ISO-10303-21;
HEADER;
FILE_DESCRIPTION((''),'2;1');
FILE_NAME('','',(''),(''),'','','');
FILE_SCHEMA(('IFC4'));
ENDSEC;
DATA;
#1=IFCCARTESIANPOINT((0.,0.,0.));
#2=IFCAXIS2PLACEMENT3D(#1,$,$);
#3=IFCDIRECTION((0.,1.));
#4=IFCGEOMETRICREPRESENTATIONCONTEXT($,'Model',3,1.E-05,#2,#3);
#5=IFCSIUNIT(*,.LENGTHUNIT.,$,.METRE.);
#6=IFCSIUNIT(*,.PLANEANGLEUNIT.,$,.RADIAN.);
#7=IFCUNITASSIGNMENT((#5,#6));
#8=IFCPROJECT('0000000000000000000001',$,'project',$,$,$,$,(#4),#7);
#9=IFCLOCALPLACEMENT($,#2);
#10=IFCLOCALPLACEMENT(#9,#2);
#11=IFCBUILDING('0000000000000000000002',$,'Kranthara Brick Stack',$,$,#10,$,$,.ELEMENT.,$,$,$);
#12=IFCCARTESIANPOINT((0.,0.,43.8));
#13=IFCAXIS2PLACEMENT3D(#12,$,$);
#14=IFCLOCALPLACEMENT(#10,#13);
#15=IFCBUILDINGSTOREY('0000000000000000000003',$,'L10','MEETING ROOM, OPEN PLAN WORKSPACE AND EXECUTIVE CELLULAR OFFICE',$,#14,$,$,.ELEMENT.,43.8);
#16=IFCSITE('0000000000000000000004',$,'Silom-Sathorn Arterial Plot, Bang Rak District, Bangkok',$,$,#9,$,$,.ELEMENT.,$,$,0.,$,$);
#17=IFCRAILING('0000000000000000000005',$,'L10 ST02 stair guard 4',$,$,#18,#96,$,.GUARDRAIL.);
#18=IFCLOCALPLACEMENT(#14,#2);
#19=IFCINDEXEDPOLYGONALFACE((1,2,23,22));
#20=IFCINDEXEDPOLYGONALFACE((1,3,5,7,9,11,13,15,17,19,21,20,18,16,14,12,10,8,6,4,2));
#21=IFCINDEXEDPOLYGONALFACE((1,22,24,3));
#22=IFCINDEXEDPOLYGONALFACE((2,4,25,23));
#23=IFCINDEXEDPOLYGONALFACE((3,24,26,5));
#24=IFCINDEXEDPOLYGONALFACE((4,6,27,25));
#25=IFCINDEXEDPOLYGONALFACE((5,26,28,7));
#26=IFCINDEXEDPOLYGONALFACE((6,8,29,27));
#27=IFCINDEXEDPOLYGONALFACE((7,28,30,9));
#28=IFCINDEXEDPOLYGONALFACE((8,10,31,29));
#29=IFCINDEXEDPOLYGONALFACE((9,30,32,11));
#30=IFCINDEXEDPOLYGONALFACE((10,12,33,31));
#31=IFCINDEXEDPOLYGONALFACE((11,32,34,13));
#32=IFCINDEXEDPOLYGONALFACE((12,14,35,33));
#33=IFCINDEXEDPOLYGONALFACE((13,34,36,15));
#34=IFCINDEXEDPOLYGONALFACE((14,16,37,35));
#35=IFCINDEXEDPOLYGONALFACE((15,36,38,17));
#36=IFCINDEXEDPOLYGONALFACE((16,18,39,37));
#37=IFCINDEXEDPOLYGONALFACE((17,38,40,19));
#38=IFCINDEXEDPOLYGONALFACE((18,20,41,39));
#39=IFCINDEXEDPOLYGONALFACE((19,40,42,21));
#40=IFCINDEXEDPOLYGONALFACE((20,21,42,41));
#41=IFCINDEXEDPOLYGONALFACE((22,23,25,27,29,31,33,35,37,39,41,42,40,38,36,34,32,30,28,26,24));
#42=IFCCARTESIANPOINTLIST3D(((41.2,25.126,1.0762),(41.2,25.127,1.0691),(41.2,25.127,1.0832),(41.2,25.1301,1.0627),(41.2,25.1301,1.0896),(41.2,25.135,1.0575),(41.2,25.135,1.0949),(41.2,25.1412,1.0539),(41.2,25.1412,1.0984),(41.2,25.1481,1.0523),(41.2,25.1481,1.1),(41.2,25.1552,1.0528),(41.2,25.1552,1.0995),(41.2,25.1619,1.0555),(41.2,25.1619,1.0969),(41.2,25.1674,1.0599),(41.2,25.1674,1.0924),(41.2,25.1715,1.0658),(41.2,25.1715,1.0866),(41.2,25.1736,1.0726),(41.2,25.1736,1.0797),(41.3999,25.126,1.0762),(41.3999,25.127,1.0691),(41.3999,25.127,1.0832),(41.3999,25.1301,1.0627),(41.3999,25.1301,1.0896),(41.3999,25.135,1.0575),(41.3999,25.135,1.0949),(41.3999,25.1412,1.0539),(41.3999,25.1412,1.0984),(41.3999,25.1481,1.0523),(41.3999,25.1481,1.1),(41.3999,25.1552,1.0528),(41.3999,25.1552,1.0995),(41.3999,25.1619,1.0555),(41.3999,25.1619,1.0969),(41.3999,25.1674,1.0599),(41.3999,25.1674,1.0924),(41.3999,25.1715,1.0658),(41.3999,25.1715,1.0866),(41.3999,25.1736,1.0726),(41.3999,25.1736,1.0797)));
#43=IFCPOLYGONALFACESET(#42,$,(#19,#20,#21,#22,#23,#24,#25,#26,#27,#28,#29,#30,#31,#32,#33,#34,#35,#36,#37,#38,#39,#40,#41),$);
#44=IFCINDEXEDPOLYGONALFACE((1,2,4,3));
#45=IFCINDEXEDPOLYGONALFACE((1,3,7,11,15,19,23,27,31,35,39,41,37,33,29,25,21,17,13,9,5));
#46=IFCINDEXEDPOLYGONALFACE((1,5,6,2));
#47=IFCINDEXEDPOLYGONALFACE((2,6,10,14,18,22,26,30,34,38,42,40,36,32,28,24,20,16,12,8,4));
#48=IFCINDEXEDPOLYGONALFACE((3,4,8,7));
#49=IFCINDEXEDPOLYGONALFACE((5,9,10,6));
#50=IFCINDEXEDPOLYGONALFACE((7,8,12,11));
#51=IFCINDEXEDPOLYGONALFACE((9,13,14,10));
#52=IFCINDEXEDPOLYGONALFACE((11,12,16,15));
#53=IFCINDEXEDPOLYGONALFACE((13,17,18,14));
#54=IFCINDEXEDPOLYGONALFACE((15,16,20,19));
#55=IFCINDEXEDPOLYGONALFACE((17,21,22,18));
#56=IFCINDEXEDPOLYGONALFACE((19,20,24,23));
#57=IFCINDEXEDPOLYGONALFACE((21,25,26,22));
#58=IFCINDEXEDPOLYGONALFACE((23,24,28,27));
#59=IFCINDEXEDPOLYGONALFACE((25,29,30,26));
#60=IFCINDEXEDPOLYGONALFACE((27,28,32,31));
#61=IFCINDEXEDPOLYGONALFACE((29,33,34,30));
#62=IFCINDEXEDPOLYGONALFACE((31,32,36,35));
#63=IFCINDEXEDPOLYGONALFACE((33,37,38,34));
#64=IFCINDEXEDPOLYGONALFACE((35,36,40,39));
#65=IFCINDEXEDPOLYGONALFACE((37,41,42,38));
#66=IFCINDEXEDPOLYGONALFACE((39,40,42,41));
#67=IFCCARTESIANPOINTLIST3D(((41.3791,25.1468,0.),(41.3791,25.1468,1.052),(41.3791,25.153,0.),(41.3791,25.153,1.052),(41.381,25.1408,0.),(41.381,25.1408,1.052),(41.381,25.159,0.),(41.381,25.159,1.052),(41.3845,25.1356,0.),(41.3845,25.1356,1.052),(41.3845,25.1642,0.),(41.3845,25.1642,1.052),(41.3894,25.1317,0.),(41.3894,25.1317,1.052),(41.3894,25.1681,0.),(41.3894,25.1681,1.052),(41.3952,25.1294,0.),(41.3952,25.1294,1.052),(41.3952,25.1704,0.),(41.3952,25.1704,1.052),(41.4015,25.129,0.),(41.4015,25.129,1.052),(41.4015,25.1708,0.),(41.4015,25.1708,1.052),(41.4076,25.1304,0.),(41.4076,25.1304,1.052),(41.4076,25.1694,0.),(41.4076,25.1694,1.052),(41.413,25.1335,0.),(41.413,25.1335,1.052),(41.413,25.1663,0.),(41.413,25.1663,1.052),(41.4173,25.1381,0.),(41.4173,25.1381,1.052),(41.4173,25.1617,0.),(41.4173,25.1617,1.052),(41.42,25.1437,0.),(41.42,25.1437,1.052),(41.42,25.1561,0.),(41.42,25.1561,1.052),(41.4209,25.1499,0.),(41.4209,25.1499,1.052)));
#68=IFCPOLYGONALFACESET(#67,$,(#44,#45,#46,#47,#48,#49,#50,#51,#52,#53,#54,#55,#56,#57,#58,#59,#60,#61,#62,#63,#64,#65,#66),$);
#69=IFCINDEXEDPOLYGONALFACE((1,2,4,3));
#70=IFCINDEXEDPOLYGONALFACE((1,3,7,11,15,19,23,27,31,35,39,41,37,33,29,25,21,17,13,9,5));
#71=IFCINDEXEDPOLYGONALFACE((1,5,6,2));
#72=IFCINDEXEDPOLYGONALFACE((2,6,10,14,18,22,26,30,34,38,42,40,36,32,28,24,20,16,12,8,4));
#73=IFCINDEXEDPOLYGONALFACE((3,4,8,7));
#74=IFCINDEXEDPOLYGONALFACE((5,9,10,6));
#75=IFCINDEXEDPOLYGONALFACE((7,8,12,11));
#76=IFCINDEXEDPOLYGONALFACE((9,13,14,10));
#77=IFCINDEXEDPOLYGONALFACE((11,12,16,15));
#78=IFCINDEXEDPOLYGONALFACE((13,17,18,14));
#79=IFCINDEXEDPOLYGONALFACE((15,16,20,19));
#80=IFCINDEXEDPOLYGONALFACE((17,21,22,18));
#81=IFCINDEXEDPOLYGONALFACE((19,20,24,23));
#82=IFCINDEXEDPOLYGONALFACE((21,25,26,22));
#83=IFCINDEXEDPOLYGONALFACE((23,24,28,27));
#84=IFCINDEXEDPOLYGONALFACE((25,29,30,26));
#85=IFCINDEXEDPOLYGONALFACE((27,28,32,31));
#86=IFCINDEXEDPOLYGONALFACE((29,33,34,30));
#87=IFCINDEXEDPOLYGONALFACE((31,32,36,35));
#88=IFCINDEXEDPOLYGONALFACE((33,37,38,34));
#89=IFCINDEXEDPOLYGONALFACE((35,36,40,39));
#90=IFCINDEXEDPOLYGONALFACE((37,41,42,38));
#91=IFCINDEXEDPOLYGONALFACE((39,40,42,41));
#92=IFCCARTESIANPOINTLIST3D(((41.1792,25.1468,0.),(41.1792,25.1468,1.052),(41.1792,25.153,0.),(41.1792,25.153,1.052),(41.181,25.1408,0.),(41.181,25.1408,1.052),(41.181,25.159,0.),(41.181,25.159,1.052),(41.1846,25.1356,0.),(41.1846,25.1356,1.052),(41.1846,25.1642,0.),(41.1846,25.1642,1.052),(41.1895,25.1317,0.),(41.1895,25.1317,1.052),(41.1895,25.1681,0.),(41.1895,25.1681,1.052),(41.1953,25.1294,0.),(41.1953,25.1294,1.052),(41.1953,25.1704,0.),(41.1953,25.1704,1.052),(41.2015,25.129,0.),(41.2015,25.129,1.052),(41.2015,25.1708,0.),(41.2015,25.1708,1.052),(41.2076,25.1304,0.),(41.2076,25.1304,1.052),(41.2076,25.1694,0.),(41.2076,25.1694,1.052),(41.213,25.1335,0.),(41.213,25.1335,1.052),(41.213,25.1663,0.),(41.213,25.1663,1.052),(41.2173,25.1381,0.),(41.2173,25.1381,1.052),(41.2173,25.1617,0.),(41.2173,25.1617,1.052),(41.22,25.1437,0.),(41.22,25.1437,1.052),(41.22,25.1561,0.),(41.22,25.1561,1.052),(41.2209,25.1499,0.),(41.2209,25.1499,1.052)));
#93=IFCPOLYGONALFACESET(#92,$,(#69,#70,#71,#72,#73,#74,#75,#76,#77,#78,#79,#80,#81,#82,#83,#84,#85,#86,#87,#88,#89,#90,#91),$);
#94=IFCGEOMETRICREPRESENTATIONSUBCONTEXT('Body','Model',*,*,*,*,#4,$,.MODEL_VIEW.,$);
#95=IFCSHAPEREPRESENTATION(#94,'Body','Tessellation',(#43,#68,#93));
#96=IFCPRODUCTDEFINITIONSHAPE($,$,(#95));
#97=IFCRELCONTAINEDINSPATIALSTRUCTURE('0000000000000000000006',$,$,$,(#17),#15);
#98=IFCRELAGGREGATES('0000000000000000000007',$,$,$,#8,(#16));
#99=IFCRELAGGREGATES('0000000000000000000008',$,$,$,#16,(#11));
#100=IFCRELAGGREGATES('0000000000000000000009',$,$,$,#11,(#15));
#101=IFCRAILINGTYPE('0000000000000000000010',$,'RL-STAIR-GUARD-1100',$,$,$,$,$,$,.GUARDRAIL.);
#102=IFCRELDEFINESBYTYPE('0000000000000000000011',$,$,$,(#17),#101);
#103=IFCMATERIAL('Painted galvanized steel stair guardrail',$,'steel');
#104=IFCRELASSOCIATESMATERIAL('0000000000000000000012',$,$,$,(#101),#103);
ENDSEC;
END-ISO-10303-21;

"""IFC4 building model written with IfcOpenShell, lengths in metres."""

from ifc_helpers import new_model, si_unit, direction, frame, origin, origin_2d, place, context, subcontext, project, spatial, circle, extrude, material, type_object, element, save


model = new_model("IFC4")

# Units and contexts
model_context = context("Model", 3, precision=1e-05, world=origin(), true_north=direction((0.0, 1.0)))
body_context = subcontext(model_context, "Body", "Model", "MODEL_VIEW")
ifc_project = project(units=[si_unit("LENGTHUNIT", "METRE"), si_unit("PLANEANGLEUNIT", "RADIAN")], contexts=[model_context])

# Site, building, storey
site_placement = place(None, origin())
site = spatial("IfcSite", under=ifc_project, at=site_placement, Name="Silom-Sathorn Arterial Plot, Bang Rak District, Bangkok", CompositionType="ELEMENT", RefElevation=0.0)
building_placement = place(site_placement, origin())
building = spatial("IfcBuilding", under=site, at=building_placement, Name="Kranthara Brick Stack", CompositionType="ELEMENT")
storey_placement = place(building_placement, frame((0.0, 0.0, 43.8)))
storey = spatial("IfcBuildingStorey", under=building, at=storey_placement, Name="L10", Description="MEETING ROOM, OPEN PLAN WORKSPACE AND EXECUTIVE CELLULAR OFFICE", CompositionType="ELEMENT", Elevation=43.8)

# Railing
ifc_material_1 = material(Name="Painted galvanized steel stair guardrail", Category="steel")
railing_type = type_object("IfcRailingType", Name="RL-STAIR-GUARD-1100", PredefinedType="GUARDRAIL", material=ifc_material_1)
railing_1_placement = place(storey_placement, frame((41.3999, 25.1499, 0.0)))
element("IfcRailing", 1, at=railing_1_placement, inside=storey, type_object=railing_type, Name="L10 ST02 stair guard 4", PredefinedType="GUARDRAIL", context=body_context, shape_type="SweptSolid", body=[
    extrude(circle(Radius=0.0239, at=origin_2d()), frame((0.0, 0.0, 1.0762), z_axis=(-1.0, 0.0, 0.0), x_axis=(0.0, -1.0, 0.0)), (0.0, 0.0, 1.0), 0.2),
    extrude(circle(Radius=0.021, at=origin_2d()), origin(), (0.0, 0.0, 1.0), 1.052),
    extrude(circle(Radius=0.021, at=origin_2d()), frame((-0.2, 0.0, 0.0)), (0.0, 0.0, 1.0), 1.052),
])

save(model, "model.ifc")
